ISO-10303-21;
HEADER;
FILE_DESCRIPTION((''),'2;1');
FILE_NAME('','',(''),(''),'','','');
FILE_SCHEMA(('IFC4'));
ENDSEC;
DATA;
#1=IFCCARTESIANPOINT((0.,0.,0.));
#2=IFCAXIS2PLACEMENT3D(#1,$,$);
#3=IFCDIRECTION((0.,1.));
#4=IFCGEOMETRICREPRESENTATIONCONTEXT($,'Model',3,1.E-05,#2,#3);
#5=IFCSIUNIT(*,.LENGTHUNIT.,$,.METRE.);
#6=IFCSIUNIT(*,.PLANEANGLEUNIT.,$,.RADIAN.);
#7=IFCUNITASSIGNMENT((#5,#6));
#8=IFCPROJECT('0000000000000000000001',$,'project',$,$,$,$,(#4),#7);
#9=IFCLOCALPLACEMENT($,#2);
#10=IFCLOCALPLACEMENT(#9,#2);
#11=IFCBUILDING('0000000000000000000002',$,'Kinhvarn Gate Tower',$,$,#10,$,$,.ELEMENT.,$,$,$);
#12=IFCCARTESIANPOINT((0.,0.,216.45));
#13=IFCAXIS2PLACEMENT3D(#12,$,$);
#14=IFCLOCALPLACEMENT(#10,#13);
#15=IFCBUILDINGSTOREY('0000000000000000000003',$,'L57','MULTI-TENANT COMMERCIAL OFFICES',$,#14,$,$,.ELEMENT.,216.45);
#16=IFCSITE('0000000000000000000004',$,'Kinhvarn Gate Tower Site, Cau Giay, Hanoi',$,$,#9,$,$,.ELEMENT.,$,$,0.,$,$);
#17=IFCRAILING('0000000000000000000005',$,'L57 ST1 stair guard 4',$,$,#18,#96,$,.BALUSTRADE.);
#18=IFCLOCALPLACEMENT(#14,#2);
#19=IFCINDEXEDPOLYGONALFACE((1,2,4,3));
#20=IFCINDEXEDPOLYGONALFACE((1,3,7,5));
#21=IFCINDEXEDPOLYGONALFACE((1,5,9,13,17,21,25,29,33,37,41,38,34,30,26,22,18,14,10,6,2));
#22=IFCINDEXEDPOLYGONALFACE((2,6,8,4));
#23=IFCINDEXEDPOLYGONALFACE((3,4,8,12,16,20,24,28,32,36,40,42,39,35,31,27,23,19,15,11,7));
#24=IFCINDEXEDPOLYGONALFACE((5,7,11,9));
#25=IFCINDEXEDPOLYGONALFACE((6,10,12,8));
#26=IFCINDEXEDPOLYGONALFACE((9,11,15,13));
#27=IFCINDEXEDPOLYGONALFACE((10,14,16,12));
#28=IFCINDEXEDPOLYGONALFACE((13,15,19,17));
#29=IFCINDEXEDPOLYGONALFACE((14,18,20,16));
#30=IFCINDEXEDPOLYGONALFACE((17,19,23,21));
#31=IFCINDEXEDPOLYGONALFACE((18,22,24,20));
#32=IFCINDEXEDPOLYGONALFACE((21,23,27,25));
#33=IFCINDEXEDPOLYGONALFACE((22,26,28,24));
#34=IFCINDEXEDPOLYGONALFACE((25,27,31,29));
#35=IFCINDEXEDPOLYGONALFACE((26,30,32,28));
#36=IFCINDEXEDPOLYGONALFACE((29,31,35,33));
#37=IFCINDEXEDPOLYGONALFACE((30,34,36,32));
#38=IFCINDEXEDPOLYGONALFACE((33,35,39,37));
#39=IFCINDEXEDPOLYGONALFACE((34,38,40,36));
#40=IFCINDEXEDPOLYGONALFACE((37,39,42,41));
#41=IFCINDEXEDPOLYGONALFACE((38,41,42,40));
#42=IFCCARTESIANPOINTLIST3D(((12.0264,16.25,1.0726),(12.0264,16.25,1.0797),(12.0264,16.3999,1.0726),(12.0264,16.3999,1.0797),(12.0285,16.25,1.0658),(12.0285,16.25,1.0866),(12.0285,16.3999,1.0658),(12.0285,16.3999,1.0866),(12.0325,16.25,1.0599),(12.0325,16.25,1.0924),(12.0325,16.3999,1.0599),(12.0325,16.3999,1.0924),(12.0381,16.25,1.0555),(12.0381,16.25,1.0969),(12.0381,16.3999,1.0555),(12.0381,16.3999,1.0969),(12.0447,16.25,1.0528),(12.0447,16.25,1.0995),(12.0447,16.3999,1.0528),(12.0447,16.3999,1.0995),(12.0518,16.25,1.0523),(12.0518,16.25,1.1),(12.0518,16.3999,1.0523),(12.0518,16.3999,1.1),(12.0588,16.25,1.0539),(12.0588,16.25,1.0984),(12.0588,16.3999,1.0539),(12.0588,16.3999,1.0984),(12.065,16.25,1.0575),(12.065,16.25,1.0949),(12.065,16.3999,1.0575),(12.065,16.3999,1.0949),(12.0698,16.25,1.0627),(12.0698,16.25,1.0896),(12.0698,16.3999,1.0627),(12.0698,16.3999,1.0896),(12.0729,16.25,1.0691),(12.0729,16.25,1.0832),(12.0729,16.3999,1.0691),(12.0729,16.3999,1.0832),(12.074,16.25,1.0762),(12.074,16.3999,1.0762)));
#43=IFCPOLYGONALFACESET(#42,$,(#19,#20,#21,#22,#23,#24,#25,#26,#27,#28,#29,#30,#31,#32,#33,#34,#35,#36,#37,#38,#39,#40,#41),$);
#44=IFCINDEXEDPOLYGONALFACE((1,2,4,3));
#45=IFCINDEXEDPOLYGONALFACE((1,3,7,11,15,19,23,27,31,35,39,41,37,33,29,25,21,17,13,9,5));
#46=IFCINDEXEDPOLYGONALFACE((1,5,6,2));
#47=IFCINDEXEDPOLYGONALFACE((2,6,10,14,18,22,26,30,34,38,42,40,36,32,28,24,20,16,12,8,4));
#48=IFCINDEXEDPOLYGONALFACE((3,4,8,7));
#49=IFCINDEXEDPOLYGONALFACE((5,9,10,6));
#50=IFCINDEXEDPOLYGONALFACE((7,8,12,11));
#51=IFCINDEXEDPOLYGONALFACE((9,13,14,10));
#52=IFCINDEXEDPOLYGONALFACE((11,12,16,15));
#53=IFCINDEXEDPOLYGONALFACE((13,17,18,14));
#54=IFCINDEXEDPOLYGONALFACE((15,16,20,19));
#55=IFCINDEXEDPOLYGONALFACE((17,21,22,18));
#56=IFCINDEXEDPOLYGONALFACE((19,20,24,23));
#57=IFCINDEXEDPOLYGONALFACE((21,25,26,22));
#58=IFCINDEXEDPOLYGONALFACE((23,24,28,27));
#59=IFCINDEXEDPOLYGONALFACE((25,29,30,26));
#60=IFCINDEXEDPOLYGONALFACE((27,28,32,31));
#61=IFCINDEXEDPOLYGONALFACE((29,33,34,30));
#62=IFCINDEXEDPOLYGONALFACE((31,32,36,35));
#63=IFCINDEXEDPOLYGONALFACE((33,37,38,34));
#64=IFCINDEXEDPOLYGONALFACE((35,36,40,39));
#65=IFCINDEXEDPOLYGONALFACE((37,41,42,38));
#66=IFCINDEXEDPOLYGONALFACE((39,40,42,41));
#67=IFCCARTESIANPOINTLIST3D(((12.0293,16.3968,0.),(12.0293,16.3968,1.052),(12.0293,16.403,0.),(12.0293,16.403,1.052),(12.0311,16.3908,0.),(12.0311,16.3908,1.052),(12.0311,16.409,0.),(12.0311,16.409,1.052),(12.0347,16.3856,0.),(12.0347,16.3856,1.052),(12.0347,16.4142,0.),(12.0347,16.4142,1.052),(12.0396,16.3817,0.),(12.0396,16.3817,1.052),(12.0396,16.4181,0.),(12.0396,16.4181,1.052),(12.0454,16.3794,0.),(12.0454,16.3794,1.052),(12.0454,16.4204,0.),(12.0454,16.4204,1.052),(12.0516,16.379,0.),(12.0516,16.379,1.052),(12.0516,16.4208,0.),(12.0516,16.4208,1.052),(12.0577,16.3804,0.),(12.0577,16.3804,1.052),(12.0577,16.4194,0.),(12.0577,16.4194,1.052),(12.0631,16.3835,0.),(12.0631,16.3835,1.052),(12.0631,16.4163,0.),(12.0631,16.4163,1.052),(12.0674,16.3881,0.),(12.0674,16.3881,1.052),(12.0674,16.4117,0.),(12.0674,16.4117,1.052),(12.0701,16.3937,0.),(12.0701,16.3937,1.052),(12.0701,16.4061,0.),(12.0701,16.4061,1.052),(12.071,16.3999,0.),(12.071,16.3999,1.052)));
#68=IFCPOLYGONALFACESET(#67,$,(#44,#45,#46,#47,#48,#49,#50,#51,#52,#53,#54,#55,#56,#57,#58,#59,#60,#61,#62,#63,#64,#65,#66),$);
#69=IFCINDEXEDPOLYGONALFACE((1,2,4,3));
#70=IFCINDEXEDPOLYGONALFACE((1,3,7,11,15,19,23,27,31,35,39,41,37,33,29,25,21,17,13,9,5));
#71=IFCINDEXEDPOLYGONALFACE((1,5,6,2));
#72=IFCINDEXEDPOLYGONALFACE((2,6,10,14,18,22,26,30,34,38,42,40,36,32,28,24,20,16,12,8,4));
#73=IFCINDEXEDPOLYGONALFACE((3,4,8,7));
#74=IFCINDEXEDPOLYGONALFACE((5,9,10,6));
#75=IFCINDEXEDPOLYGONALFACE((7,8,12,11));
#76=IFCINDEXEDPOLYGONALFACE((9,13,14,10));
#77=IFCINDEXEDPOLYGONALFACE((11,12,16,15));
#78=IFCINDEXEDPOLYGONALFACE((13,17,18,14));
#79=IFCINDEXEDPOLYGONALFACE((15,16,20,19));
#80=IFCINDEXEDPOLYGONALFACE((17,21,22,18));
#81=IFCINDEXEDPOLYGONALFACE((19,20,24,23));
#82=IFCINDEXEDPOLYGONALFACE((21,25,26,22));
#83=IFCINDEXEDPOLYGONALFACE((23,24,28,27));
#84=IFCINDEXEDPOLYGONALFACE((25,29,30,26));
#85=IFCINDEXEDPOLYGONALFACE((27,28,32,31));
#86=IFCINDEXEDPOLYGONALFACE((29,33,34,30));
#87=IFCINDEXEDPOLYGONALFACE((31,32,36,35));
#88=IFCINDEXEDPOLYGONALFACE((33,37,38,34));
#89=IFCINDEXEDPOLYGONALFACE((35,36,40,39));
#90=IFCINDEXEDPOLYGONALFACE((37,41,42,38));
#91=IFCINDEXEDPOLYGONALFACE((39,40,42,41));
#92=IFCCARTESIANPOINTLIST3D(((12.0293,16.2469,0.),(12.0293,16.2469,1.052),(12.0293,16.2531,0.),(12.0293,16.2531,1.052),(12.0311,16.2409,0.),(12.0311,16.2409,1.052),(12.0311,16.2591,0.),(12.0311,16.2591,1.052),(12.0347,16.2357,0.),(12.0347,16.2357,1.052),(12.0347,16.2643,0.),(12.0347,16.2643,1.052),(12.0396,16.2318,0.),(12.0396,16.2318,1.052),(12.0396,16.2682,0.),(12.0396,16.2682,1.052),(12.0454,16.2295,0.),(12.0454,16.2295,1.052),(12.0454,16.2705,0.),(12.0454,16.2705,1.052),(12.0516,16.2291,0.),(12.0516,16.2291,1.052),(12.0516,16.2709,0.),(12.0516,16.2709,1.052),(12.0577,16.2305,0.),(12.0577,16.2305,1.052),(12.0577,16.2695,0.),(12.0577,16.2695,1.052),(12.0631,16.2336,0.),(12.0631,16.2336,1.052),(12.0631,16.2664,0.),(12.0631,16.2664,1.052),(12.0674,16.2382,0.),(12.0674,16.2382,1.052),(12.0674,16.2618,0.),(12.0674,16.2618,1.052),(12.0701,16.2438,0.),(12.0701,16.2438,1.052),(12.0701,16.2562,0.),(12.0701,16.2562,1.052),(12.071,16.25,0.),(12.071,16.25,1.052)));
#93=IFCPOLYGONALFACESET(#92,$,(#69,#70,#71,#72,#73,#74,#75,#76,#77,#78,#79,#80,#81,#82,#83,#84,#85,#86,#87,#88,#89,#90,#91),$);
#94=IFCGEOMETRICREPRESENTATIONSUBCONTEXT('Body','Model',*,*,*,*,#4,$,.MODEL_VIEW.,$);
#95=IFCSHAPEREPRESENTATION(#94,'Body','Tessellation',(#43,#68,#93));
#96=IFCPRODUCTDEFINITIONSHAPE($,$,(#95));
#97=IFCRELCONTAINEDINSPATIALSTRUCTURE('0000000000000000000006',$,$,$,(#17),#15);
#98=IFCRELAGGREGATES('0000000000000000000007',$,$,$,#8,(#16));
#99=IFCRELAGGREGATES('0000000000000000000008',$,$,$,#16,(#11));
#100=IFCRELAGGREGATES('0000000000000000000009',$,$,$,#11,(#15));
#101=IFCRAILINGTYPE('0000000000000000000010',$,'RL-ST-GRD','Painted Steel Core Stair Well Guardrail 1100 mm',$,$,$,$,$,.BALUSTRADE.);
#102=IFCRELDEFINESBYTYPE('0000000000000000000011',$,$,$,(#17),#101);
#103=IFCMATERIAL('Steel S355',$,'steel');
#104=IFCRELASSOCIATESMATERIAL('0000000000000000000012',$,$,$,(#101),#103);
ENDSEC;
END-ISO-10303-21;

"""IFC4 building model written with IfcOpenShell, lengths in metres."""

from ifc_helpers import new_model, si_unit, direction, frame, origin, origin_2d, place, context, subcontext, project, spatial, circle, extrude, material, type_object, element, save


model = new_model("IFC4")

# Units and contexts
model_context = context("Model", 3, precision=1e-05, world=origin(), true_north=direction((0.0, 1.0)))
body_context = subcontext(model_context, "Body", "Model", "MODEL_VIEW")
ifc_project = project(units=[si_unit("LENGTHUNIT", "METRE"), si_unit("PLANEANGLEUNIT", "RADIAN")], contexts=[model_context])

# Site, building, storey
site_placement = place(None, origin())
site = spatial("IfcSite", under=ifc_project, at=site_placement, Name="Kinhvarn Gate Tower Site, Cau Giay, Hanoi", CompositionType="ELEMENT", RefElevation=0.0)
building_placement = place(site_placement, origin())
building = spatial("IfcBuilding", under=site, at=building_placement, Name="Kinhvarn Gate Tower", CompositionType="ELEMENT")
storey_placement = place(building_placement, frame((0.0, 0.0, 216.45)))
storey = spatial("IfcBuildingStorey", under=building, at=storey_placement, Name="L57", Description="MULTI-TENANT COMMERCIAL OFFICES", CompositionType="ELEMENT", Elevation=216.45)

# Shared definitions
ifc_material_1 = material(Name="Steel S355", Category="steel")

# Railing
railing_type_1 = type_object("IfcRailingType", Name="RL-ST-GRD", Description="Painted Steel Core Stair Well Guardrail 1100 mm", PredefinedType="BALUSTRADE", material=ifc_material_1)
railing_1_placement = place(storey_placement, frame((12.05, 16.3999, 0.0)))
element("IfcRailing", 1, at=railing_1_placement, inside=storey, type_object=railing_type_1, Name="L57 ST1 stair guard 4", PredefinedType="BALUSTRADE", context=body_context, shape_type="SweptSolid", body=[
    extrude(circle(Radius=0.0239, at=origin_2d()), frame((0.0, 0.0, 1.0762), z_axis=(0.0, -1.0, 0.0), x_axis=(1.0, 0.0, 0.0)), (0.0, 0.0, 1.0), 0.1499),
    extrude(circle(Radius=0.021, at=origin_2d()), origin(), (0.0, 0.0, 1.0), 1.052),
    extrude(circle(Radius=0.021, at=origin_2d()), frame((0.0, -0.1499, 0.0)), (0.0, 0.0, 1.0), 1.052),
])

save(model, "model.ifc")
